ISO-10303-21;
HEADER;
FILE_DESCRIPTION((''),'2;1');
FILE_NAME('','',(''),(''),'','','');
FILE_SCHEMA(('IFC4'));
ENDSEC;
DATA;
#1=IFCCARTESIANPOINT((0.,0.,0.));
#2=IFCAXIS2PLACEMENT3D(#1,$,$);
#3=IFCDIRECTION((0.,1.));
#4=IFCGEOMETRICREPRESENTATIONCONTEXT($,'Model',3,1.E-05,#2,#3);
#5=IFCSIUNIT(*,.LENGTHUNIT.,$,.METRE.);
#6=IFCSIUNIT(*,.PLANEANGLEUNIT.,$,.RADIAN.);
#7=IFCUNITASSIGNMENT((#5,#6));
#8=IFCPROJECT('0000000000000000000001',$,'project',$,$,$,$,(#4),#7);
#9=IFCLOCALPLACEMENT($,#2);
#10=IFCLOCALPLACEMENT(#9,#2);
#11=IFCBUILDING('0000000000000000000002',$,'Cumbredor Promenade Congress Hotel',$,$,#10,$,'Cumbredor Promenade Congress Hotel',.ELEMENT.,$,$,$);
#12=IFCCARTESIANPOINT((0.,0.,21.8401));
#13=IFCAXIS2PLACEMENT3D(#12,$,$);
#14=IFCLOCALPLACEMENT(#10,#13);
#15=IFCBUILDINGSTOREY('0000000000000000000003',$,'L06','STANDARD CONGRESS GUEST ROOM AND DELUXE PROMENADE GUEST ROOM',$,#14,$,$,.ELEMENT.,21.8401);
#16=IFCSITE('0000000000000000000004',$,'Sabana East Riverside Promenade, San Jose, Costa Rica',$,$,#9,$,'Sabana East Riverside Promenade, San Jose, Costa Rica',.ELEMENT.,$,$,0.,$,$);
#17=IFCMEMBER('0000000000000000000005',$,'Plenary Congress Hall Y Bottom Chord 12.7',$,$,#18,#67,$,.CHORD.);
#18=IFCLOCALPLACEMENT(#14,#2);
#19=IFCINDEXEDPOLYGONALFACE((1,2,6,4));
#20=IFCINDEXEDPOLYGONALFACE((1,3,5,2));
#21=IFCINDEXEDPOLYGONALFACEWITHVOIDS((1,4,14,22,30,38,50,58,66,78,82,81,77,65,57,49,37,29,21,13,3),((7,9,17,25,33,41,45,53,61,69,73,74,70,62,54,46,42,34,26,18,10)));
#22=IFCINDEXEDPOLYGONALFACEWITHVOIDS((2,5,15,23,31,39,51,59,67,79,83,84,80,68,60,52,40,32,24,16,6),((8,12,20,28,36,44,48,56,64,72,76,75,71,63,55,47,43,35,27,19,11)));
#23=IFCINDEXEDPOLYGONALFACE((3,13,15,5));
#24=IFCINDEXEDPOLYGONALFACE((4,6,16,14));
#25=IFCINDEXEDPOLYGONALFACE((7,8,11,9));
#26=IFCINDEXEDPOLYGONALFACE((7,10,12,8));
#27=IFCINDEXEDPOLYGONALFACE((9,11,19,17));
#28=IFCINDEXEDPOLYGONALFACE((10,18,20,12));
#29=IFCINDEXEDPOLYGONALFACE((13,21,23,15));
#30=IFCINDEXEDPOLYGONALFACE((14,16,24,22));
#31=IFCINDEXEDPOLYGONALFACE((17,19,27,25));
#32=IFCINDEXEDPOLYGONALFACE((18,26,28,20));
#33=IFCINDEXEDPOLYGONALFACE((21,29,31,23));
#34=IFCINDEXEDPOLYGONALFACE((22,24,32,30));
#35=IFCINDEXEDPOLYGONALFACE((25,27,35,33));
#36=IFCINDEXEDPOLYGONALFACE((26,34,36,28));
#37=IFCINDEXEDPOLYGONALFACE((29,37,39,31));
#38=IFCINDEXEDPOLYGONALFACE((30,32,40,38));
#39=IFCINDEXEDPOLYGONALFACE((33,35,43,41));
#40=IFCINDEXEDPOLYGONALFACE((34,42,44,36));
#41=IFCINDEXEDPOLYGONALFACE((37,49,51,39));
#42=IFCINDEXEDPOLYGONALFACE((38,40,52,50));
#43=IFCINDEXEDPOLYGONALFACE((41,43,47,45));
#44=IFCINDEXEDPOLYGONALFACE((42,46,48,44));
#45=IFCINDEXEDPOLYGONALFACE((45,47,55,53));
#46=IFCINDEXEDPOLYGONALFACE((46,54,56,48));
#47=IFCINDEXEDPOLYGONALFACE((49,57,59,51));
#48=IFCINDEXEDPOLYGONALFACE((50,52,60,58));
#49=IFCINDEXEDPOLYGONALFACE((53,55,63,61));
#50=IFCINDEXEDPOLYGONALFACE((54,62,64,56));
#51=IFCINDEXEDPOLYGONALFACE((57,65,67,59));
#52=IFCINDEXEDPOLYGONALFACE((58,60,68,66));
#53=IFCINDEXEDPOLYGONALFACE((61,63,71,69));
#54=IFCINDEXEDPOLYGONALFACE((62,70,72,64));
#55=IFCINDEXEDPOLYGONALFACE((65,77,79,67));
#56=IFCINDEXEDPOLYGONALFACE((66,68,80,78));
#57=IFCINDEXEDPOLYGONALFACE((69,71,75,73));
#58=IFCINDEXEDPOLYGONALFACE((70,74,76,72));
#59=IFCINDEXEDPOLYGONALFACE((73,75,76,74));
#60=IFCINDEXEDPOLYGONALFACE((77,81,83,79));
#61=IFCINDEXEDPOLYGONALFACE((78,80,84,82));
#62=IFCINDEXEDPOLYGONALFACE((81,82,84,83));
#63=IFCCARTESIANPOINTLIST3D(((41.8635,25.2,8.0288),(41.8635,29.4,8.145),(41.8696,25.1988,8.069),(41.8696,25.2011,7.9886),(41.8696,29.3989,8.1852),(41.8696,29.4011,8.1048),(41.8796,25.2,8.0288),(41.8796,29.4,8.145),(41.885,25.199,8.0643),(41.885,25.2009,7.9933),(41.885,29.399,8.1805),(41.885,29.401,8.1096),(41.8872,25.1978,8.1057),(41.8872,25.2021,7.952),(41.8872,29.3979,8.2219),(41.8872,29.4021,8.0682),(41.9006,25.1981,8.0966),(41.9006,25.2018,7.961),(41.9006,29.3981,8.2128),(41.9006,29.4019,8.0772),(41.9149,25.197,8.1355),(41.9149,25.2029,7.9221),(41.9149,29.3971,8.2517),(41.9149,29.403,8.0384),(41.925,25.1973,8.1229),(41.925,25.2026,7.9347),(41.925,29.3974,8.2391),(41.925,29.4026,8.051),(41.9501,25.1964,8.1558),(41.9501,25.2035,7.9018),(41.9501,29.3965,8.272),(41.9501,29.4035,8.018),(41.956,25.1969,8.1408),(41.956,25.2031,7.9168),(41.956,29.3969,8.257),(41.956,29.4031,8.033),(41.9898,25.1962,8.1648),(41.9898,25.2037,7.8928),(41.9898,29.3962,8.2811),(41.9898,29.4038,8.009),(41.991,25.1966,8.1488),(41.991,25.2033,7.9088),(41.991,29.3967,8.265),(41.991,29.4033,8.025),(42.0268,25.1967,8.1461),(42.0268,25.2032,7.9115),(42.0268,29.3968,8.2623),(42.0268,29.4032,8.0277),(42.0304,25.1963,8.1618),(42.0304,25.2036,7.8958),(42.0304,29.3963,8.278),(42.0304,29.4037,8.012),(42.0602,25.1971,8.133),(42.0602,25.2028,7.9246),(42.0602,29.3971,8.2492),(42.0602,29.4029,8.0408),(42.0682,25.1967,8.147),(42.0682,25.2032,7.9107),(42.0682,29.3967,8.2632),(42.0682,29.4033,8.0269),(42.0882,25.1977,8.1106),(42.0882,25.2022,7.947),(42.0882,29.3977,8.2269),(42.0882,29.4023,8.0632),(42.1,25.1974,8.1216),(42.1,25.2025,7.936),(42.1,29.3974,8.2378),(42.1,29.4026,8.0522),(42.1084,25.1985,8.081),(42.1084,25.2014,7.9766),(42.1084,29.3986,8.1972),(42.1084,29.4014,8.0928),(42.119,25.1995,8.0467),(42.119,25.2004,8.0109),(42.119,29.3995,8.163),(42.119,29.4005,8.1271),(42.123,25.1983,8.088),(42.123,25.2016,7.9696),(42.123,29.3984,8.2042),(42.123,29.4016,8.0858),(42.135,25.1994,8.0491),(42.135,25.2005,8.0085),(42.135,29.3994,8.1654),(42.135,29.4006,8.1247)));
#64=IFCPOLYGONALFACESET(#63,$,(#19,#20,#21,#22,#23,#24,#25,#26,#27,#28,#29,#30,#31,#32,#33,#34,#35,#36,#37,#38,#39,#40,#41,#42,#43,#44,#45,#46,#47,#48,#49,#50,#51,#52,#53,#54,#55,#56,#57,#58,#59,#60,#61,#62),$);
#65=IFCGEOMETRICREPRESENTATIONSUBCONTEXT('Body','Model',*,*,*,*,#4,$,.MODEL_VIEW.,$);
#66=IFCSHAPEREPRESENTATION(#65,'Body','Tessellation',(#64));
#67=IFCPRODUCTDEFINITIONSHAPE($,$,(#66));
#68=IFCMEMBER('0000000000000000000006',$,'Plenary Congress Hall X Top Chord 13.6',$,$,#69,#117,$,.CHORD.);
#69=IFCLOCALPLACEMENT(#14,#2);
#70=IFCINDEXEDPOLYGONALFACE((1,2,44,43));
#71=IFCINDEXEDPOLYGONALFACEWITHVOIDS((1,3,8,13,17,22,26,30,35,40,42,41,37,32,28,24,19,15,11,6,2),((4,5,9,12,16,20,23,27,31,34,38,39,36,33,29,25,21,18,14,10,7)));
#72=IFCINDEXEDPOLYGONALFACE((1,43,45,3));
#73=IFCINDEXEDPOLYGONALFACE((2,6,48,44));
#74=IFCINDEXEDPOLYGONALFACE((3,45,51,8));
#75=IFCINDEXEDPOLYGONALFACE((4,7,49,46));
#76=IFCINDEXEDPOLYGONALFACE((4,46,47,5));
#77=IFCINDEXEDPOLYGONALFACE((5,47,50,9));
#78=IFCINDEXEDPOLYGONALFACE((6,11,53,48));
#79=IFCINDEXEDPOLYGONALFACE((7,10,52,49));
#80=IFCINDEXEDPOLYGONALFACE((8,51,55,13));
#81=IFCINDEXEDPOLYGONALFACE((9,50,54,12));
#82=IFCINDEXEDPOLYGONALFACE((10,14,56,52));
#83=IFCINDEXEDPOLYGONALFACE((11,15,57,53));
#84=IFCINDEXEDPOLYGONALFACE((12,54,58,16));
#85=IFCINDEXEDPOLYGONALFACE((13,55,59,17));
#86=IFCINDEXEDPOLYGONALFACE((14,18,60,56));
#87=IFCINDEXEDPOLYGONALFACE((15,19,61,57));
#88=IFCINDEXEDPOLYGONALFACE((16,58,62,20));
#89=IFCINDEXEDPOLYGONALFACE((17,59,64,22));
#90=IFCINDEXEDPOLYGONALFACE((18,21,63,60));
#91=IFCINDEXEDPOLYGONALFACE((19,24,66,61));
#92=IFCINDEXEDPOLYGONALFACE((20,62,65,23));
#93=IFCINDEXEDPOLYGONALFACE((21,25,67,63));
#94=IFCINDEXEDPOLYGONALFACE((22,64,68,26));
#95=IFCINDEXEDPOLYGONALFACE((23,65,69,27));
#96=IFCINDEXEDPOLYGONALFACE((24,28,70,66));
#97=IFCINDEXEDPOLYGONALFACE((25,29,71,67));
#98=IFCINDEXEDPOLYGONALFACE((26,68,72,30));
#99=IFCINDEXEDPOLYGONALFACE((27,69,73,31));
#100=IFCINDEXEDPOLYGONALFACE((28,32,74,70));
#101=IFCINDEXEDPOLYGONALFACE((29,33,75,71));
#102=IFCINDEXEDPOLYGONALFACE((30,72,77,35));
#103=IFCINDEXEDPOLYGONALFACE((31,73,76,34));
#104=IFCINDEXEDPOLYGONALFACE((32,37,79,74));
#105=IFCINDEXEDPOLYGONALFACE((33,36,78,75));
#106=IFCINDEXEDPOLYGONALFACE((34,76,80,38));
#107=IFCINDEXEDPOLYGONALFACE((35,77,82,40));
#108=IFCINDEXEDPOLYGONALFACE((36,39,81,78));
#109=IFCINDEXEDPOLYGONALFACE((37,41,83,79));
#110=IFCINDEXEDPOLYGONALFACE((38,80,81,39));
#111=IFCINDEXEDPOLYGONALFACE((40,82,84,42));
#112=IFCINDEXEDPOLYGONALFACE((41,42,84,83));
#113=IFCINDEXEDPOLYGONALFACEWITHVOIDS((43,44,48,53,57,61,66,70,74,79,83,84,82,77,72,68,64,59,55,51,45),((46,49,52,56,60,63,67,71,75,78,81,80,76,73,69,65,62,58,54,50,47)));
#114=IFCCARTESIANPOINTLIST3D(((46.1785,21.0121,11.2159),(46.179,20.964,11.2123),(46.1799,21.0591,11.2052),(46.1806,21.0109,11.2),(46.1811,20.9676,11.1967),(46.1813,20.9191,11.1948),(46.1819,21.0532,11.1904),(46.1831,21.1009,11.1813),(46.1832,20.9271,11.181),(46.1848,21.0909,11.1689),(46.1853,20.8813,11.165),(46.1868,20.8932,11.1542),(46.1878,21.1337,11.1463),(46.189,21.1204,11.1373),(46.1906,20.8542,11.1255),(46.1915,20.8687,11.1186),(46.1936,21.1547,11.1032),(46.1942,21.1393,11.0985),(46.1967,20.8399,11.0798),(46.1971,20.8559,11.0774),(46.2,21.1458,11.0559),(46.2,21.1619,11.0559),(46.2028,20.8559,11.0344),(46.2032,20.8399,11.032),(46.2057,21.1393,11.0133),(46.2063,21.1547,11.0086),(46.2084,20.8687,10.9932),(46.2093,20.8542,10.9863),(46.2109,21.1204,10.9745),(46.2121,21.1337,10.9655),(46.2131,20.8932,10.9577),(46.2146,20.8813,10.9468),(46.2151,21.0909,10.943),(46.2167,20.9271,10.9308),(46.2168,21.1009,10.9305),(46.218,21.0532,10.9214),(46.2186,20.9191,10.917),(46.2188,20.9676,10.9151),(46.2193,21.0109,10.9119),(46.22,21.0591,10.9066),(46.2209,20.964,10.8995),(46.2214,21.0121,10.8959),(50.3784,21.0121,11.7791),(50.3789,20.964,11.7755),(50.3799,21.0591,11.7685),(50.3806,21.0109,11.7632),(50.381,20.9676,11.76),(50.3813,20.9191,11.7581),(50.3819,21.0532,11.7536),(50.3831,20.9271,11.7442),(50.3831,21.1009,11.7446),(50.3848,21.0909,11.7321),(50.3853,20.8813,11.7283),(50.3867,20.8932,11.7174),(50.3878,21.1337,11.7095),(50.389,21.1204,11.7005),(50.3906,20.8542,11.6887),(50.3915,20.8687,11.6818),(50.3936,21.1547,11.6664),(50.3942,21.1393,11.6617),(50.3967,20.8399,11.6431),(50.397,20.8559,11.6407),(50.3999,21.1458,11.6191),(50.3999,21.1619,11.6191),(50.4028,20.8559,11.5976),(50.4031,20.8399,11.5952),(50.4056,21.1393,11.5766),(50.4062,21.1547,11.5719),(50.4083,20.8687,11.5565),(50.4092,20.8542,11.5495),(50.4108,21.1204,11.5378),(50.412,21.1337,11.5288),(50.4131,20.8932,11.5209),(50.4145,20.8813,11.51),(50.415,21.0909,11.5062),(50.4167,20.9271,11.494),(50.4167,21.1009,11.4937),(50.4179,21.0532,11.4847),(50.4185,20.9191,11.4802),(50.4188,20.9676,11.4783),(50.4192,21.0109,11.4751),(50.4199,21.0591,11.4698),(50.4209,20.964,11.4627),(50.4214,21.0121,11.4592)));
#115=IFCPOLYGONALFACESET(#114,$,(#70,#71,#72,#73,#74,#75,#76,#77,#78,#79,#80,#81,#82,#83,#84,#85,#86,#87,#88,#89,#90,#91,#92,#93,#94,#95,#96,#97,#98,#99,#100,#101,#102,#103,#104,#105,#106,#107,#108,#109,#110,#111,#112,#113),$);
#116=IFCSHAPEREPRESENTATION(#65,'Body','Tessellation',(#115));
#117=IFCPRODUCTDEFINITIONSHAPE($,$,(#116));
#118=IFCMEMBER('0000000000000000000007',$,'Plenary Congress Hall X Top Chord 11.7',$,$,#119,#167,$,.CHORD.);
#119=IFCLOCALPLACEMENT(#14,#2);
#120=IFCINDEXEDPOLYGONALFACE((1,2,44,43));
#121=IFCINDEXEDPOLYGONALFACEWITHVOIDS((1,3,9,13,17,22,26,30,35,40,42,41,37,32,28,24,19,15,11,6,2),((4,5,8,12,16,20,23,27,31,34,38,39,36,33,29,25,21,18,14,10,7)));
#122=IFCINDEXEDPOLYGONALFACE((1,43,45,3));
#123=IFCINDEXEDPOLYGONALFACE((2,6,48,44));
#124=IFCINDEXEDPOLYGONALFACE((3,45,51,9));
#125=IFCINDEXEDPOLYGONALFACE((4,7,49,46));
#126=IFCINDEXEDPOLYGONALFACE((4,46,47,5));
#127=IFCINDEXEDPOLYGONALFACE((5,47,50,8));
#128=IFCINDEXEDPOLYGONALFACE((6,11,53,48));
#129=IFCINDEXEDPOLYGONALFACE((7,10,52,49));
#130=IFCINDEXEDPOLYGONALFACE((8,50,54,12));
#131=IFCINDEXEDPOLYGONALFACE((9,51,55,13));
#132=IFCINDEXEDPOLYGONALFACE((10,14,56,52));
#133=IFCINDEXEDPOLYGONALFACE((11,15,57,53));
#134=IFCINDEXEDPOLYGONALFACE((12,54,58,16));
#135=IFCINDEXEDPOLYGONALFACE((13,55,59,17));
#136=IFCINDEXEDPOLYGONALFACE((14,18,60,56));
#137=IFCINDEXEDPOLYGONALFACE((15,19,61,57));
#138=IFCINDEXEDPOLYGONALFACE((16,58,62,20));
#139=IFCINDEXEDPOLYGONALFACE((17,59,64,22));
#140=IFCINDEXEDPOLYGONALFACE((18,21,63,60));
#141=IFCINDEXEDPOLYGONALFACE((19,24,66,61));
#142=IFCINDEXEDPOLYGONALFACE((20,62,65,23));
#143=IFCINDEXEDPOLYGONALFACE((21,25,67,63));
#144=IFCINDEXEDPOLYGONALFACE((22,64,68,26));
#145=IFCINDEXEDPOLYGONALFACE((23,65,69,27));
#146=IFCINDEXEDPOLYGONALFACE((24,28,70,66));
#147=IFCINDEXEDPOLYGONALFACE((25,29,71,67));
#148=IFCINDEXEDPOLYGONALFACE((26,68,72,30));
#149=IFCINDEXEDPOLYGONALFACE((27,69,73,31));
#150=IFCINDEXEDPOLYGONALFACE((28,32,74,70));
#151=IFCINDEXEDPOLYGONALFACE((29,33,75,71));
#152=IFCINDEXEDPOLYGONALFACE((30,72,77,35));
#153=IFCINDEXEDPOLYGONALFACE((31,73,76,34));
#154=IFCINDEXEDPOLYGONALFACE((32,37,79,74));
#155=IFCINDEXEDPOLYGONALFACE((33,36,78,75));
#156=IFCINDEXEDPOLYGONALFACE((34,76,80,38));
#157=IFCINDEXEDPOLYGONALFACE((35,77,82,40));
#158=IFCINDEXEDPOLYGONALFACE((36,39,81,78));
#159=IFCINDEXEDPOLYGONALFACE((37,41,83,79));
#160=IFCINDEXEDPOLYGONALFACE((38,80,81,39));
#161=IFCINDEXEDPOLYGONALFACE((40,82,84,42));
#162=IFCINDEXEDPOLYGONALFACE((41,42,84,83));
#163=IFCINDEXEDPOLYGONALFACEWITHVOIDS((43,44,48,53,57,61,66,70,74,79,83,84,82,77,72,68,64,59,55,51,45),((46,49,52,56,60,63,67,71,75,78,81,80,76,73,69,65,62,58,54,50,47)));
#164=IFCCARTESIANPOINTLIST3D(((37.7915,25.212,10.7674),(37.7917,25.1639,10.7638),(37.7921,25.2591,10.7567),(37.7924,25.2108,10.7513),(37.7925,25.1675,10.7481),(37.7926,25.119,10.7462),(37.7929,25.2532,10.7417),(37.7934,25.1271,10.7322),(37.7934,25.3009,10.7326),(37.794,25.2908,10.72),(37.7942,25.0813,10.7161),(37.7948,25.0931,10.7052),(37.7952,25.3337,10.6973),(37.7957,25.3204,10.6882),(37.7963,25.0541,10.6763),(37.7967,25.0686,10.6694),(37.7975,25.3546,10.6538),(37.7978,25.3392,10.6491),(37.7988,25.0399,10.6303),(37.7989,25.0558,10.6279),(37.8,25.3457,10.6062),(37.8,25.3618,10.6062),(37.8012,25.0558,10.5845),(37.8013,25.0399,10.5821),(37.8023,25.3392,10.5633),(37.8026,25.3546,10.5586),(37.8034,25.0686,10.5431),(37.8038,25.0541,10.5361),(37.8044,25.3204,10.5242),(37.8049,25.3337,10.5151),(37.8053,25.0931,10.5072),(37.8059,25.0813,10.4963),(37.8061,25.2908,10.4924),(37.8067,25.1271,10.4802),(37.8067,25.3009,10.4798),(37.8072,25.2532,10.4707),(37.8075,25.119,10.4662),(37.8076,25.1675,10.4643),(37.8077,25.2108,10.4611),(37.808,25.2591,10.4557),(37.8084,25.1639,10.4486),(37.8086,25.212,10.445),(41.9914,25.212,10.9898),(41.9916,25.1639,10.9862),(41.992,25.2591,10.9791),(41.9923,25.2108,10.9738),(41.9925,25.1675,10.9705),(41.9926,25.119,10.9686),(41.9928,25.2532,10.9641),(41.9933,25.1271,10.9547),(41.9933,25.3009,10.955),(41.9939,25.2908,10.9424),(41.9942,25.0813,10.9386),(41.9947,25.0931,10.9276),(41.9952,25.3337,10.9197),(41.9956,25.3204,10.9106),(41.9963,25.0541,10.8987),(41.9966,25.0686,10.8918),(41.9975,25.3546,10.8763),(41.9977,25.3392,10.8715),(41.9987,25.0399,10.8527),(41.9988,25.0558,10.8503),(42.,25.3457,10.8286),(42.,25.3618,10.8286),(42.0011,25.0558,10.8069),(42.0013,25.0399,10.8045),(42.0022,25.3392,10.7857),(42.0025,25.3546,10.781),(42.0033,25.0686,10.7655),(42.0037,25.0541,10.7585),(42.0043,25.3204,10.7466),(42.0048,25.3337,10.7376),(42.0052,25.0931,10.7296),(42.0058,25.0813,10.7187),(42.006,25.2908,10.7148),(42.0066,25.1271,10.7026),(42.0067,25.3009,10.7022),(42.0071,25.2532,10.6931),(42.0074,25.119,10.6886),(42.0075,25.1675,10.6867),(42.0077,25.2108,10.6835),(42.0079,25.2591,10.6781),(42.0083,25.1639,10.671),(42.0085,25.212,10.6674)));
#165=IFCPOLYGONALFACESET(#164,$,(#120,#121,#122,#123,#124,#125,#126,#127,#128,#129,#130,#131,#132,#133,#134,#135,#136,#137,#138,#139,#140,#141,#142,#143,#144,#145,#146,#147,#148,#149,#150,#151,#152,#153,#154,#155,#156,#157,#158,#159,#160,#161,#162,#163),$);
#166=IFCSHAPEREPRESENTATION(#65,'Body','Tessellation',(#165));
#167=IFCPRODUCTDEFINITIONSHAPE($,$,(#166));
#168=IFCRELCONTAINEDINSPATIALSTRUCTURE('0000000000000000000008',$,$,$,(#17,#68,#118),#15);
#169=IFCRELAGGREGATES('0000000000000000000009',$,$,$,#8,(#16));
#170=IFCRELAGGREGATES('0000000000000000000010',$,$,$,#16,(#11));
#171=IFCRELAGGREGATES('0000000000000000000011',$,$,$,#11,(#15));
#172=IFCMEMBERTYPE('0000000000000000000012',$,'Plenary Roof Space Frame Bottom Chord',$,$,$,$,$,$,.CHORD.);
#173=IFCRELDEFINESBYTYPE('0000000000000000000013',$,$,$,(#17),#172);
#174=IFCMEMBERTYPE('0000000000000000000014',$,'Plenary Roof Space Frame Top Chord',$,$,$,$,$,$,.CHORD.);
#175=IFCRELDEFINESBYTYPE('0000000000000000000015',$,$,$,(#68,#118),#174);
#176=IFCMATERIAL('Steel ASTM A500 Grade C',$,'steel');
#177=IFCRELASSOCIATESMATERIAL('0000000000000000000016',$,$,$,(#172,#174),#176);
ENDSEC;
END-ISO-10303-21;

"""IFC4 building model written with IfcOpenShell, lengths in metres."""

from ifc_helpers import new_model, si_unit, direction, frame, origin, origin_2d, place, context, subcontext, project, spatial, hollow_circle, extrude, material, material_profile, profile_set, type_object, element, save


model = new_model("IFC4")

# Units and contexts
model_context = context("Model", 3, precision=1e-05, world=origin(), true_north=direction((0.0, 1.0)))
body_context = subcontext(model_context, "Body", "Model", "MODEL_VIEW")
ifc_project = project(units=[si_unit("LENGTHUNIT", "METRE"), si_unit("PLANEANGLEUNIT", "RADIAN")], contexts=[model_context])

# Site, building, storey
site_placement = place(None, origin())
site = spatial("IfcSite", under=ifc_project, at=site_placement, Name="Sabana East Riverside Promenade, San Jose, Costa Rica", LongName="Sabana East Riverside Promenade, San Jose, Costa Rica", CompositionType="ELEMENT", RefElevation=0.0)
building_placement = place(site_placement, origin())
building = spatial("IfcBuilding", under=site, at=building_placement, Name="Cumbredor Promenade Congress Hotel", LongName="Cumbredor Promenade Congress Hotel", CompositionType="ELEMENT")
storey_placement = place(building_placement, frame((0.0, 0.0, 21.8401)))
storey = spatial("IfcBuildingStorey", under=building, at=storey_placement, Name="L06", Description="STANDARD CONGRESS GUEST ROOM AND DELUXE PROMENADE GUEST ROOM", CompositionType="ELEMENT", Elevation=21.8401)

# Members
ifc_material_1 = material(Name="Steel ASTM A500 Grade C", Category="steel")
ifc_material_profile_1 = material_profile(ifc_material_1, hollow_circle(Radius=0.1365, WallThickness=0.0161, at=origin_2d()), Name="CHS 273.0x16")
ifc_profile_set_1 = profile_set([ifc_material_profile_1], Name="Steel ASTM A500 Grade C")
member_type_1 = type_object("IfcMemberType", Name="Plenary Roof Space Frame Bottom Chord", PredefinedType="CHORD", material=ifc_profile_set_1)
member_1_placement = place(storey_placement, frame((42.0, 25.2, 8.0288), z_axis=(0.0, 0.999617, 0.027659), x_axis=(-1.0, 0.0, 0.0)))
element("IfcMember", 1, at=member_1_placement, inside=storey, type_object=member_type_1, Name="Plenary Congress Hall Y Bottom Chord 12.7", PredefinedType="CHORD", context=body_context, shape_type="SweptSolid", body=[
    extrude(hollow_circle(Radius=0.1365, WallThickness=0.0161, at=origin_2d()), origin(), (0.0, 0.0, 1.0), 4.2017),
])
ifc_material_profile_2 = material_profile(ifc_material_1, hollow_circle(Radius=0.1619, WallThickness=0.0161, at=origin_2d()), Name="CHS 323.9x16")
ifc_profile_set_2 = profile_set([ifc_material_profile_2], Name="Steel ASTM A500 Grade C")
member_type_2 = type_object("IfcMemberType", Name="Plenary Roof Space Frame Top Chord", PredefinedType="CHORD", material=ifc_profile_set_2)
member_2_placement = place(storey_placement, frame((46.2, 21.0, 11.0559), z_axis=(0.991127, 0.0, 0.132915), x_axis=(0.0, 1.0, 0.0)))
element("IfcMember", 2, at=member_2_placement, inside=storey, type_object=member_type_2, Name="Plenary Congress Hall X Top Chord 13.6", PredefinedType="CHORD", context=body_context, shape_type="SweptSolid", body=[
    extrude(hollow_circle(Radius=0.1619, WallThickness=0.0161, at=origin_2d()), origin(), (0.0, 0.0, 1.0), 4.2375),
])
member_3_placement = place(storey_placement, frame((37.8, 25.2, 10.6062), z_axis=(0.998601, 0.0, 0.052882), x_axis=(0.0, 1.0, 0.0)))
element("IfcMember", 3, at=member_3_placement, inside=storey, type_object=member_type_2, Name="Plenary Congress Hall X Top Chord 11.7", PredefinedType="CHORD", context=body_context, shape_type="SweptSolid", body=[
    extrude(hollow_circle(Radius=0.1619, WallThickness=0.0161, at=origin_2d()), origin(), (0.0, 0.0, 1.0), 4.2058),
])

save(model, "model.ifc")
